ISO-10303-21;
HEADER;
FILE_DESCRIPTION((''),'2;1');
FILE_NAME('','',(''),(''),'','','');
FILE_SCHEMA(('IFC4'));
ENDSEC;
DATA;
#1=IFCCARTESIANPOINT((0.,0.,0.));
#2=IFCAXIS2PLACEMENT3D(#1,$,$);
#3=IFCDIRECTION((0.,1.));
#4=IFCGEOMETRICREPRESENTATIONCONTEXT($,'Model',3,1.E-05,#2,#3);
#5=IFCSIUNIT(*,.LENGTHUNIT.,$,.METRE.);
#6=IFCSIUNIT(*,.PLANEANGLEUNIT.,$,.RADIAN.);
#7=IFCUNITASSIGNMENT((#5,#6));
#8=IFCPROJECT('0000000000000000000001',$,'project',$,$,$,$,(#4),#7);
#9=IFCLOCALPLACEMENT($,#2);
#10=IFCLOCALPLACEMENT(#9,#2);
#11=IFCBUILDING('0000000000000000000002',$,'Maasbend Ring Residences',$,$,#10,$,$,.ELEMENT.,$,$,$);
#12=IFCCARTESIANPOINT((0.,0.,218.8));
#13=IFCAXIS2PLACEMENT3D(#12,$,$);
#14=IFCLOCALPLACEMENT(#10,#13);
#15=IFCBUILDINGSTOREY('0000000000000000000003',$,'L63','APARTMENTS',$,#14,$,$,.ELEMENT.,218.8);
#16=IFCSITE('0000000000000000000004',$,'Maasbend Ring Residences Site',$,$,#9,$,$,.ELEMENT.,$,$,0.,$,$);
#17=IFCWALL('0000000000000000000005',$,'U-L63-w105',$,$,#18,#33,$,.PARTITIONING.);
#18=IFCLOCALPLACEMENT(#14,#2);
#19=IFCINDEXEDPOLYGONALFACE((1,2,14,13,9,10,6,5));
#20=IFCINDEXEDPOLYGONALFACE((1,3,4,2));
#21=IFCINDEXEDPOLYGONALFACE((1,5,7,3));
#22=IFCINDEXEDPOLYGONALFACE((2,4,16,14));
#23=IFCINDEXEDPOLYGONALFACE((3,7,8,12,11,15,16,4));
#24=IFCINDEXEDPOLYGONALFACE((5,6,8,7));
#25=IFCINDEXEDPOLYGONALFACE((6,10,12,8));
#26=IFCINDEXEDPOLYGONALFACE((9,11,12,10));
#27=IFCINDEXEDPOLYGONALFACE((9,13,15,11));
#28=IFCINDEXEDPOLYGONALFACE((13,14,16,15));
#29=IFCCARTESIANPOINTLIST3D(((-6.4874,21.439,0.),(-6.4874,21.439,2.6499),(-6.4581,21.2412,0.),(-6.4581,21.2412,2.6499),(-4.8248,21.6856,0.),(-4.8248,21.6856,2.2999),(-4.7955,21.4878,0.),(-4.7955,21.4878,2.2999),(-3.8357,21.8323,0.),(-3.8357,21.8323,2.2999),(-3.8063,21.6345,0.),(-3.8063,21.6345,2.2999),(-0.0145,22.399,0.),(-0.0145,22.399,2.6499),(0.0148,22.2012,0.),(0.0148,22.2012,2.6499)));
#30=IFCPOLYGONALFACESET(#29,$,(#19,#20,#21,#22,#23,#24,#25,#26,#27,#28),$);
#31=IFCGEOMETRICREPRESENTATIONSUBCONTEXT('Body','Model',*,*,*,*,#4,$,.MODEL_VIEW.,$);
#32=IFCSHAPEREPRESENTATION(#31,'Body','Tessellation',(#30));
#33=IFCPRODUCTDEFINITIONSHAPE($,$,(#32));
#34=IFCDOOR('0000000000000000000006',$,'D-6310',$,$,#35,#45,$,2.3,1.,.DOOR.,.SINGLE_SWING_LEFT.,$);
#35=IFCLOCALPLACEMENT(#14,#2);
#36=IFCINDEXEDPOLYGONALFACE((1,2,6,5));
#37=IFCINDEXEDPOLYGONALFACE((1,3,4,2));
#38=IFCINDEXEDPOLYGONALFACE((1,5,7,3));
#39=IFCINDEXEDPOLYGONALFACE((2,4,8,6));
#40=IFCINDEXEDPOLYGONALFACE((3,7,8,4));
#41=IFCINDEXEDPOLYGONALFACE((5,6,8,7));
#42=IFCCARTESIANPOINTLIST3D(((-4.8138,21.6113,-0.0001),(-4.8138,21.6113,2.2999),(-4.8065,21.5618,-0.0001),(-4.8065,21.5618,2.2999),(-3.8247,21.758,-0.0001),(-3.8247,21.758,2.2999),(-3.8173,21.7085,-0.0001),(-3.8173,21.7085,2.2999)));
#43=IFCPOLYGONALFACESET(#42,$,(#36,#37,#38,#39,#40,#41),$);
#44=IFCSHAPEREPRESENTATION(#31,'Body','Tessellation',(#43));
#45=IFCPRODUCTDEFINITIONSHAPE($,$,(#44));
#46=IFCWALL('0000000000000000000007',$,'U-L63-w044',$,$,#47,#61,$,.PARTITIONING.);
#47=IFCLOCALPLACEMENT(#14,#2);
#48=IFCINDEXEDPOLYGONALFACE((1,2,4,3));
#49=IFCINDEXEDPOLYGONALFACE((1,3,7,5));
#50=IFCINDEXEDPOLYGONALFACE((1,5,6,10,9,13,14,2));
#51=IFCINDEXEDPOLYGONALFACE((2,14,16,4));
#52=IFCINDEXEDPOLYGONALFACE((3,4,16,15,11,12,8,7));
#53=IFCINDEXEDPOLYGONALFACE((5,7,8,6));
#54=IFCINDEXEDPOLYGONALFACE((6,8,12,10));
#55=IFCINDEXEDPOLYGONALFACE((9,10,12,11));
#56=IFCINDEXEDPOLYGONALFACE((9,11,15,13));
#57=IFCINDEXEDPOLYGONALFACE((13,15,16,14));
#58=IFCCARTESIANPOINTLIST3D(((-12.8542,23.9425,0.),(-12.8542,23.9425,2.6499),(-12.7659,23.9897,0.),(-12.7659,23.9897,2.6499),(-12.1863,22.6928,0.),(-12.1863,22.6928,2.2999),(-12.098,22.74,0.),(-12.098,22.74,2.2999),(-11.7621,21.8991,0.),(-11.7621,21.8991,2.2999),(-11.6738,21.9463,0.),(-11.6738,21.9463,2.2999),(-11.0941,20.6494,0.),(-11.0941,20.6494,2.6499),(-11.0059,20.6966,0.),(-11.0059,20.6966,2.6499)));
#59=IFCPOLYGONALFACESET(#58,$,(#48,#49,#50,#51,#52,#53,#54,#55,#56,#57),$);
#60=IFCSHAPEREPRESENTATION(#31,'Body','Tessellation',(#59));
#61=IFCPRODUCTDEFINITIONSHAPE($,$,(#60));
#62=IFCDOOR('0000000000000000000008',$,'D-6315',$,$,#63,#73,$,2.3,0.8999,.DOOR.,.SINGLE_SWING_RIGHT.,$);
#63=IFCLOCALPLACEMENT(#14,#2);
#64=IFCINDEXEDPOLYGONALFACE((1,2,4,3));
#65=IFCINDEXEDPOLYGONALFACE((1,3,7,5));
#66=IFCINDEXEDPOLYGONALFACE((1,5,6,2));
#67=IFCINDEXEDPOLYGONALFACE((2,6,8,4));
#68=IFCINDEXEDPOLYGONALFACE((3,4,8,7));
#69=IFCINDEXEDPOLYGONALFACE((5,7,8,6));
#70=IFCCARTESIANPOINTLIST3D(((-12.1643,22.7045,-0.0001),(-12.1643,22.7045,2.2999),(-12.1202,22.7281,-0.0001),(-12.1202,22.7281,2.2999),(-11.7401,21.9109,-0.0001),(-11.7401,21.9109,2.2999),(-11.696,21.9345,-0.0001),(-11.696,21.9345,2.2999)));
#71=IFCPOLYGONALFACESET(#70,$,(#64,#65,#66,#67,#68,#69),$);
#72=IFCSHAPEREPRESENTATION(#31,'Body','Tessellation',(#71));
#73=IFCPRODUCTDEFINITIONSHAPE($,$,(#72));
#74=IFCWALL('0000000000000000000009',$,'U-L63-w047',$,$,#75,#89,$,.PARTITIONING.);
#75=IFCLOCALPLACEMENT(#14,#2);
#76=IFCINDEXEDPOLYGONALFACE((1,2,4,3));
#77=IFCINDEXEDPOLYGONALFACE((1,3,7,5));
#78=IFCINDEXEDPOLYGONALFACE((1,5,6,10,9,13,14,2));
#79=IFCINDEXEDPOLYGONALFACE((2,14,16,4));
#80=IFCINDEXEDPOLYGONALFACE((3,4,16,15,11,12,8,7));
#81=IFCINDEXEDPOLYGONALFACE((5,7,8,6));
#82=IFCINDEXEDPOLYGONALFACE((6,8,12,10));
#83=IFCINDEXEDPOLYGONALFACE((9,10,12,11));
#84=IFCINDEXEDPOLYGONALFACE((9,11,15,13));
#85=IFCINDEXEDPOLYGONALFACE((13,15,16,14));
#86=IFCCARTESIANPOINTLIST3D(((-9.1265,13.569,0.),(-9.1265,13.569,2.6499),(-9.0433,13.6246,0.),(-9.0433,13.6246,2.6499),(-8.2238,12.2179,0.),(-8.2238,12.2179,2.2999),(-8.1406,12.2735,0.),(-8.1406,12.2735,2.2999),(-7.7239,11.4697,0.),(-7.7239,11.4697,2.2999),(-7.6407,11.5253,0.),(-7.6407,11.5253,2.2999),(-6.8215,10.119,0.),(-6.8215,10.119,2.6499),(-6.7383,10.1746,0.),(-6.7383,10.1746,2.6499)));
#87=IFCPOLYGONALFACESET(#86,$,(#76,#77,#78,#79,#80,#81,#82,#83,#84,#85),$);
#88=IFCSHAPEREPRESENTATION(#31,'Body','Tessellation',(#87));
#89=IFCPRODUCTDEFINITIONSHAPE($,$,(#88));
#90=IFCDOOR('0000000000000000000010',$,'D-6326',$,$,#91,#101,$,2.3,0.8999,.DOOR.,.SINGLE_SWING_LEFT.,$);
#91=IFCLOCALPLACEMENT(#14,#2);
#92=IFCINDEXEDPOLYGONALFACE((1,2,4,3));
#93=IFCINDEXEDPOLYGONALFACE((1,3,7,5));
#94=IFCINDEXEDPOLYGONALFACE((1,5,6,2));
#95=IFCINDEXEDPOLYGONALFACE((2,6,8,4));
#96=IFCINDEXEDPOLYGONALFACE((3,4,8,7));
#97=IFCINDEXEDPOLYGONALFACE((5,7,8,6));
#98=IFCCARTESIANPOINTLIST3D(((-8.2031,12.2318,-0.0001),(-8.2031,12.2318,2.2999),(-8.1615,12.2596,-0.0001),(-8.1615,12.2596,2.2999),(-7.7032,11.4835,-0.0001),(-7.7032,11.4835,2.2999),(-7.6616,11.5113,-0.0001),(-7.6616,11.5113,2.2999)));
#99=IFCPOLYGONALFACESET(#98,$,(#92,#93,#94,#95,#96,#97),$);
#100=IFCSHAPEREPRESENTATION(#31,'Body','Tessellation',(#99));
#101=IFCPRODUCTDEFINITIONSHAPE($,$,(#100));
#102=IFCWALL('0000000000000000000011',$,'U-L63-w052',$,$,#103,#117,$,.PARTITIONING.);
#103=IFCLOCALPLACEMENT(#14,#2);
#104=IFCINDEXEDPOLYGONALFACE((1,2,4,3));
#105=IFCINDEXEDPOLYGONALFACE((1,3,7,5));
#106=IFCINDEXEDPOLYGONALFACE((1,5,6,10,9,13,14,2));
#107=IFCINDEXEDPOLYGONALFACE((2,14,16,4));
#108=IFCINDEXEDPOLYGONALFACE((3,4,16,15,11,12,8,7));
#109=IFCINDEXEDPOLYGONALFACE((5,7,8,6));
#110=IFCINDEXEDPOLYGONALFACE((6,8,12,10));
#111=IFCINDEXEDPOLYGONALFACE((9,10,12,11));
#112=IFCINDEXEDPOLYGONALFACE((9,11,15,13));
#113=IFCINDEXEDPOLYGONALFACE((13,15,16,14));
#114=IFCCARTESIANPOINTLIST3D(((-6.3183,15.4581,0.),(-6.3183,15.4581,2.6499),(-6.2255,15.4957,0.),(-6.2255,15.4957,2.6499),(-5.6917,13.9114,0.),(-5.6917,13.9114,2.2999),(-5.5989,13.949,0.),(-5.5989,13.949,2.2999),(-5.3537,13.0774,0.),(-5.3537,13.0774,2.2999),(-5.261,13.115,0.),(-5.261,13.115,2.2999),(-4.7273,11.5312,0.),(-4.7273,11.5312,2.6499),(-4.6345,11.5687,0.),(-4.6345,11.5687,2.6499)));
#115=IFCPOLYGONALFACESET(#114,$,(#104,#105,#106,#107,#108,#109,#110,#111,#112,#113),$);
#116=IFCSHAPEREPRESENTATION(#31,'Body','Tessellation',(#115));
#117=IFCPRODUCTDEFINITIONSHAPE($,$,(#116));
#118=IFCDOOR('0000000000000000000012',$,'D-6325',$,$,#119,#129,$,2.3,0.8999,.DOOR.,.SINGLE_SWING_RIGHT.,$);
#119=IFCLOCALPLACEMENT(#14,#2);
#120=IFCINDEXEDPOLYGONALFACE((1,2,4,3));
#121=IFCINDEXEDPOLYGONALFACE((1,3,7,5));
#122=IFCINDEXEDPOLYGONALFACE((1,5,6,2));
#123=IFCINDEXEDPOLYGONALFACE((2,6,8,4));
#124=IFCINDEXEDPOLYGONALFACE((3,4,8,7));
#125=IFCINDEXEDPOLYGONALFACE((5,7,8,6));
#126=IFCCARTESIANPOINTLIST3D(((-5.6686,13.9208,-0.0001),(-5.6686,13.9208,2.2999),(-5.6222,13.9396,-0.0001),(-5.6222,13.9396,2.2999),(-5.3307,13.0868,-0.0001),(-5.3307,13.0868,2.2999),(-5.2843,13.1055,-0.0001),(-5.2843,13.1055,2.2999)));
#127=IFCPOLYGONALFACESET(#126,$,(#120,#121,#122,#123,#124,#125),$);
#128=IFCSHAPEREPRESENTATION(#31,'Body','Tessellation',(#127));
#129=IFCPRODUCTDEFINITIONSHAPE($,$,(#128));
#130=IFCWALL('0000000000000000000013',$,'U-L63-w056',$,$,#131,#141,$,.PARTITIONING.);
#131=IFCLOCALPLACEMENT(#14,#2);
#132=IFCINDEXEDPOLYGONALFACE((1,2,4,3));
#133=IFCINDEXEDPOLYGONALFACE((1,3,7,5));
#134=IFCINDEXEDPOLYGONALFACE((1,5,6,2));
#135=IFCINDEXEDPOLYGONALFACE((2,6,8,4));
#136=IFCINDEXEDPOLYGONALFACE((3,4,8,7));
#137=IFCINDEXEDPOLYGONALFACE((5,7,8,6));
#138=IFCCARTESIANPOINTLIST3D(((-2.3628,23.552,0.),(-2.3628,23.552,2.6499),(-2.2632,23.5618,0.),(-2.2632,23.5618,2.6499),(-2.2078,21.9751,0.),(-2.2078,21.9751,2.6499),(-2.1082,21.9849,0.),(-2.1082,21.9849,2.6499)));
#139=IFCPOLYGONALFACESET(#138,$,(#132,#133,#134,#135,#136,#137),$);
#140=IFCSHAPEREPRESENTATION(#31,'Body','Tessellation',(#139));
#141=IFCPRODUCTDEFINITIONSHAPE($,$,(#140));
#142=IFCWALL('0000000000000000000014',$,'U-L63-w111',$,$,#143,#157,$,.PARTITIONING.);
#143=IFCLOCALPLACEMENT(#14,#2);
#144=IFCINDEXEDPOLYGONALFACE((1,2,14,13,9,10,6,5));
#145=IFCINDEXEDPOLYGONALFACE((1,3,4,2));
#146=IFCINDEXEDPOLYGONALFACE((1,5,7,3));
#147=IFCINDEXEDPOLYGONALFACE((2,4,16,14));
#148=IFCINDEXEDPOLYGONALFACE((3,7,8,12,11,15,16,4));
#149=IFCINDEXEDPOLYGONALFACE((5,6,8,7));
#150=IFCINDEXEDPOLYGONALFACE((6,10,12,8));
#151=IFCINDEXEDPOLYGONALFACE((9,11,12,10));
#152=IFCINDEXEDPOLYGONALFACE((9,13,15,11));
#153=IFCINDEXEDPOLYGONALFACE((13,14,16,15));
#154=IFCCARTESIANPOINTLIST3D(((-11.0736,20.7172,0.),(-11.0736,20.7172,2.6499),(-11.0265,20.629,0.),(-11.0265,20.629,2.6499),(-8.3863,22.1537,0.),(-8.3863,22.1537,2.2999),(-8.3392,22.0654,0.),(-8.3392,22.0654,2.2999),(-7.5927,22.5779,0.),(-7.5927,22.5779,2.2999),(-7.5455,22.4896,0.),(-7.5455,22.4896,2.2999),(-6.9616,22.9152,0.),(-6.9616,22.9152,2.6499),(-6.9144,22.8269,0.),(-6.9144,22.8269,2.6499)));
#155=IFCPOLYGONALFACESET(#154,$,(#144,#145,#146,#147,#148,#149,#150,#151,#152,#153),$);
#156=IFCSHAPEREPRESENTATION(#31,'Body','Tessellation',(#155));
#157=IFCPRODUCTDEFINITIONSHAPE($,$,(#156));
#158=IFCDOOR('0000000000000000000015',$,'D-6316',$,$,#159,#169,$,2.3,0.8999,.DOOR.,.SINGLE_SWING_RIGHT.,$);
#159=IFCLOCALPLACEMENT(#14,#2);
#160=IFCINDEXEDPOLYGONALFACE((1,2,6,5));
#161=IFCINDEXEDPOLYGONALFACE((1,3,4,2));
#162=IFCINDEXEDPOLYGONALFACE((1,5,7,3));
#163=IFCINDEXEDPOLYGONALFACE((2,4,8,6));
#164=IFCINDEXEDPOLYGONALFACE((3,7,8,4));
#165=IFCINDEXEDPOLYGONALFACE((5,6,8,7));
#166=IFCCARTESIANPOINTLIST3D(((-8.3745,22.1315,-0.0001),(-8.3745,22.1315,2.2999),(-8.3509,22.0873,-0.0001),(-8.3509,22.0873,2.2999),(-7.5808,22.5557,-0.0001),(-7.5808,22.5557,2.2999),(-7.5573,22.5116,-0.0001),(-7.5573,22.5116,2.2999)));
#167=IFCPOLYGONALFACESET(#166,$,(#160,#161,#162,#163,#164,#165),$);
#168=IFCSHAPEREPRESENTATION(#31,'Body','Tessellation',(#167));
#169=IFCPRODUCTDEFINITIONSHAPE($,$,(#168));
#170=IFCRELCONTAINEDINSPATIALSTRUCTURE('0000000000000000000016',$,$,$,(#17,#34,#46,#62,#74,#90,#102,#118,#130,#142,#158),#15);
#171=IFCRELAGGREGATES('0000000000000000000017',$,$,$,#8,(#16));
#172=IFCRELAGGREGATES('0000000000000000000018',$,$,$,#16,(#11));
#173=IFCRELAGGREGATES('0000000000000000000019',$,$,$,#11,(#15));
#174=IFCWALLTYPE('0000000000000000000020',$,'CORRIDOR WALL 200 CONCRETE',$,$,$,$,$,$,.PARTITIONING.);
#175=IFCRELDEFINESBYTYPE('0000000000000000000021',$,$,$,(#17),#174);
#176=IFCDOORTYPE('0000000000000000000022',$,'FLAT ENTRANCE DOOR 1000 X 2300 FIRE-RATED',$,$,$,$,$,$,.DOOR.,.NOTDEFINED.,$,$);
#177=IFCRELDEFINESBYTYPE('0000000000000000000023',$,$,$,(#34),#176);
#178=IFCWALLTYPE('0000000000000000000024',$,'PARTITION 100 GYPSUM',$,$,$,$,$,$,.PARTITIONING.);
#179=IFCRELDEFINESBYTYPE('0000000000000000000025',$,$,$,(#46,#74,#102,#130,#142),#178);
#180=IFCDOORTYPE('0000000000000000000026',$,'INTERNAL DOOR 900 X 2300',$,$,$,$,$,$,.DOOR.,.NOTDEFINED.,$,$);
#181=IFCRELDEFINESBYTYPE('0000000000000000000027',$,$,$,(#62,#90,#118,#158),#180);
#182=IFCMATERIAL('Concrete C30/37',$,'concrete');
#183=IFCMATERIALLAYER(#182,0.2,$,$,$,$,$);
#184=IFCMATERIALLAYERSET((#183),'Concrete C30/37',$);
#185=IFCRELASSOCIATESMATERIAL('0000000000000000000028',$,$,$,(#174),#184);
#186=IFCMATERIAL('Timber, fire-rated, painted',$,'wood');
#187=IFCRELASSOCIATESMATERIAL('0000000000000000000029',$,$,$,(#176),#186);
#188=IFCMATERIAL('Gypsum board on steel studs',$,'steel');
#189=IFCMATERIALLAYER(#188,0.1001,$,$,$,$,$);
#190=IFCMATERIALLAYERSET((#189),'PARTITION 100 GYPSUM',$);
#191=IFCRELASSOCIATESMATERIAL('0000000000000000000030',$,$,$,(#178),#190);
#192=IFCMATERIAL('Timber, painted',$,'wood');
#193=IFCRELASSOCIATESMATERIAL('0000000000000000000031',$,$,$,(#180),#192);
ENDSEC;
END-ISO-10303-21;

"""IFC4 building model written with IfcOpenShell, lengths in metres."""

from ifc_helpers import new_model, si_unit, direction, frame, frame_2d, origin, place, context, subcontext, project, spatial, rectangle, extrude, material, layer, layer_set, type_object, element, fill, save


model = new_model("IFC4")

# Units and contexts
model_context = context("Model", 3, precision=1e-05, world=origin(), true_north=direction((0.0, 1.0)))
body_context = subcontext(model_context, "Body", "Model", "MODEL_VIEW")
ifc_project = project(units=[si_unit("LENGTHUNIT", "METRE"), si_unit("PLANEANGLEUNIT", "RADIAN")], contexts=[model_context])

# Site, building, storey
site_placement = place(None, origin())
site = spatial("IfcSite", under=ifc_project, at=site_placement, Name="Maasbend Ring Residences Site", CompositionType="ELEMENT", RefElevation=0.0)
building_placement = place(site_placement, origin())
building = spatial("IfcBuilding", under=site, at=building_placement, Name="Maasbend Ring Residences", CompositionType="ELEMENT")
storey_placement = place(building_placement, frame((0.0, 0.0, 218.8)))
storey = spatial("IfcBuildingStorey", under=building, at=storey_placement, Name="L63", Description="APARTMENTS", CompositionType="ELEMENT", Elevation=218.8)

# Walls, openings, doors
ifc_material_1 = material(Name="Concrete C30/37", Category="concrete")
ifc_layer_1 = layer(ifc_material_1, 0.2)
ifc_layer_set_1 = layer_set([ifc_layer_1], Name="Concrete C30/37")
wall_type_1 = type_object("IfcWallType", Name="CORRIDOR WALL 200 CONCRETE", PredefinedType="PARTITIONING", material=ifc_layer_set_1)
wall_1_placement = place(storey_placement, frame((-6.4729, 21.3401, 0.0), z_axis=(0.0, 0.0, 1.0), x_axis=(0.989181, 0.1467, 0.0)))
wall_1 = element("IfcWall", 1, at=wall_1_placement, inside=storey, type_object=wall_type_1, Name="U-L63-w105", PredefinedType="PARTITIONING", context=body_context, shape_type="SweptSolid", body=[
    extrude(rectangle(XDim=6.5437, YDim=0.2, at=frame_2d((3.272, 0.0))), origin(), (0.0, 0.0, 1.0), 2.6499),
])
opening_1_placement = place(wall_1_placement, frame((1.6809, 0.0, 0.0)))
opening_1 = element("IfcOpeningElement", 2, at=opening_1_placement, cuts=wall_1, PredefinedType="OPENING", context=body_context, shape_type="SweptSolid", body=[
    extrude(rectangle(XDim=1.0, YDim=2.3, at=frame_2d((0.5, 1.1499))), frame((0.0, 0.1099, 0.0), z_axis=(0.0, -1.0, 0.0), x_axis=(1.0, 0.0, 0.0)), (0.0, 0.0, 1.0), 0.22),
])
ifc_material_2 = material(Name="Timber, fire-rated, painted", Category="wood")
door_type_1 = type_object("IfcDoorType", Name="FLAT ENTRANCE DOOR 1000 X 2300 FIRE-RATED", OperationType="NOTDEFINED", PredefinedType="DOOR", material=ifc_material_2)
door_1_placement = place(opening_1_placement, origin())
door_1 = element("IfcDoor", 3, at=door_1_placement, inside=storey, type_object=door_type_1, Name="D-6310", OperationType="SINGLE_SWING_LEFT", OverallHeight=2.3, OverallWidth=1.0, PredefinedType="DOOR", context=body_context, shape_type="SweptSolid", body=[
    extrude(rectangle(XDim=1.0, YDim=2.3, at=frame_2d((0.5, 1.1499))), frame((0.0, 0.0249, 0.0), z_axis=(0.0, -1.0, 0.0), x_axis=(1.0, 0.0, 0.0)), (0.0, 0.0, 1.0), 0.05),
])
fill(opening_1, door_1)
ifc_material_3 = material(Name="Gypsum board on steel studs", Category="steel")
ifc_layer_2 = layer(ifc_material_3, 0.1001)
ifc_layer_set_2 = layer_set([ifc_layer_2], Name="PARTITION 100 GYPSUM")
wall_type_2 = type_object("IfcWallType", Name="PARTITION 100 GYPSUM", PredefinedType="PARTITIONING", material=ifc_layer_set_2)
wall_2_placement = place(storey_placement, frame((-12.8101, 23.9661, 0.0), z_axis=(0.0, 0.0, 1.0), x_axis=(0.471372, -0.881934, 0.0)))
wall_2 = element("IfcWall", 4, at=wall_2_placement, inside=storey, type_object=wall_type_2, Name="U-L63-w044", PredefinedType="PARTITIONING", context=body_context, shape_type="SweptSolid", body=[
    extrude(rectangle(XDim=3.7339, YDim=0.1001, at=frame_2d((1.8669, 0.0))), origin(), (0.0, 0.0, 1.0), 2.6499),
])
opening_2_placement = place(wall_2_placement, frame((1.417, 0.0, 0.0)))
opening_2 = element("IfcOpeningElement", 5, at=opening_2_placement, cuts=wall_2, PredefinedType="OPENING", context=body_context, shape_type="SweptSolid", body=[
    extrude(rectangle(XDim=0.8999, YDim=2.3, at=frame_2d((0.45, 1.1499))), frame((0.0, 0.0601, 0.0), z_axis=(0.0, -1.0, 0.0), x_axis=(1.0, 0.0, 0.0)), (0.0, 0.0, 1.0), 0.1201),
])
ifc_material_4 = material(Name="Timber, painted", Category="wood")
door_type_2 = type_object("IfcDoorType", Name="INTERNAL DOOR 900 X 2300", OperationType="NOTDEFINED", PredefinedType="DOOR", material=ifc_material_4)
door_2_placement = place(opening_2_placement, origin())
door_2 = element("IfcDoor", 6, at=door_2_placement, inside=storey, type_object=door_type_2, Name="D-6315", OperationType="SINGLE_SWING_RIGHT", OverallHeight=2.3, OverallWidth=0.8999, PredefinedType="DOOR", context=body_context, shape_type="SweptSolid", body=[
    extrude(rectangle(XDim=0.8999, YDim=2.3, at=frame_2d((0.45, 1.1499))), frame((0.0, 0.0249, 0.0), z_axis=(0.0, -1.0, 0.0), x_axis=(1.0, 0.0, 0.0)), (0.0, 0.0, 1.0), 0.05),
])
fill(opening_2, door_2)
wall_3_placement = place(storey_placement, frame((-9.085, 13.5969, 0.0), z_axis=(0.0, 0.0, 1.0), x_axis=(0.555528, -0.831498, 0.0)))
wall_3 = element("IfcWall", 7, at=wall_3_placement, inside=storey, type_object=wall_type_2, Name="U-L63-w047", PredefinedType="PARTITIONING", context=body_context, shape_type="SweptSolid", body=[
    extrude(rectangle(XDim=4.1492, YDim=0.1001, at=frame_2d((2.0747, 0.0))), origin(), (0.0, 0.0, 1.0), 2.6499),
])
opening_3_placement = place(wall_3_placement, frame((1.625, 0.0, 0.0)))
opening_3 = element("IfcOpeningElement", 8, at=opening_3_placement, cuts=wall_3, PredefinedType="OPENING", context=body_context, shape_type="SweptSolid", body=[
    extrude(rectangle(XDim=0.8999, YDim=2.3, at=frame_2d((0.45, 1.1499))), frame((0.0, 0.0601, 0.0), z_axis=(0.0, -1.0, 0.0), x_axis=(1.0, 0.0, 0.0)), (0.0, 0.0, 1.0), 0.1201),
])
door_3_placement = place(opening_3_placement, origin())
door_3 = element("IfcDoor", 9, at=door_3_placement, inside=storey, type_object=door_type_2, Name="D-6326", OperationType="SINGLE_SWING_LEFT", OverallHeight=2.3, OverallWidth=0.8999, PredefinedType="DOOR", context=body_context, shape_type="SweptSolid", body=[
    extrude(rectangle(XDim=0.8999, YDim=2.3, at=frame_2d((0.45, 1.1499))), frame((0.0, 0.0249, 0.0), z_axis=(0.0, -1.0, 0.0), x_axis=(1.0, 0.0, 0.0)), (0.0, 0.0, 1.0), 0.05),
])
fill(opening_3, door_3)
wall_4_placement = place(storey_placement, frame((-6.272, 15.4771, 0.0), z_axis=(0.0, 0.0, 1.0), x_axis=(0.37551, -0.926818, 0.0)))
wall_4 = element("IfcWall", 10, at=wall_4_placement, inside=storey, type_object=wall_type_2, Name="U-L63-w052", PredefinedType="PARTITIONING", context=body_context, shape_type="SweptSolid", body=[
    extrude(rectangle(XDim=4.2371, YDim=0.1001, at=frame_2d((2.1187, 0.0))), origin(), (0.0, 0.0, 1.0), 2.6499),
])
opening_4_placement = place(wall_4_placement, frame((1.6689, 0.0, 0.0)))
opening_4 = element("IfcOpeningElement", 11, at=opening_4_placement, cuts=wall_4, PredefinedType="OPENING", context=body_context, shape_type="SweptSolid", body=[
    extrude(rectangle(XDim=0.8999, YDim=2.3, at=frame_2d((0.45, 1.1499))), frame((0.0, 0.0601, 0.0), z_axis=(0.0, -1.0, 0.0), x_axis=(1.0, 0.0, 0.0)), (0.0, 0.0, 1.0), 0.1201),
])
door_4_placement = place(opening_4_placement, origin())
door_4 = element("IfcDoor", 12, at=door_4_placement, inside=storey, type_object=door_type_2, Name="D-6325", OperationType="SINGLE_SWING_RIGHT", OverallHeight=2.3, OverallWidth=0.8999, PredefinedType="DOOR", context=body_context, shape_type="SweptSolid", body=[
    extrude(rectangle(XDim=0.8999, YDim=2.3, at=frame_2d((0.45, 1.1499))), frame((0.0, 0.0249, 0.0), z_axis=(0.0, -1.0, 0.0), x_axis=(1.0, 0.0, 0.0)), (0.0, 0.0, 1.0), 0.05),
])
fill(opening_4, door_4)

# Wall
wall_5_placement = place(storey_placement, frame((-2.313, 23.5569, 0.0), z_axis=(0.0, 0.0, 1.0), x_axis=(0.097841, -0.995202, 0.0)))
element("IfcWall", 13, at=wall_5_placement, inside=storey, type_object=wall_type_2, Name="U-L63-w056", PredefinedType="PARTITIONING", context=body_context, shape_type="SweptSolid", body=[
    extrude(rectangle(XDim=1.5845, YDim=0.1001, at=frame_2d((0.7922, 0.0))), origin(), (0.0, 0.0, 1.0), 2.6499),
])

# Wall, opening, door
wall_6_placement = place(storey_placement, frame((-11.05, 20.6731, 0.0), z_axis=(0.0, 0.0, 1.0), x_axis=(0.881916, 0.471406, 0.0)))
wall_6 = element("IfcWall", 14, at=wall_6_placement, inside=storey, type_object=wall_type_2, Name="U-L63-w111", PredefinedType="PARTITIONING", context=body_context, shape_type="SweptSolid", body=[
    extrude(rectangle(XDim=4.6626, YDim=0.1001, at=frame_2d((2.3313, 0.0))), origin(), (0.0, 0.0, 1.0), 2.6499),
])
opening_5_placement = place(wall_6_placement, frame((3.0471, 0.0, 0.0)))
opening_5 = element("IfcOpeningElement", 15, at=opening_5_placement, cuts=wall_6, PredefinedType="OPENING", context=body_context, shape_type="SweptSolid", body=[
    extrude(rectangle(XDim=0.8999, YDim=2.3, at=frame_2d((0.45, 1.1499))), frame((0.0, 0.0601, 0.0), z_axis=(0.0, -1.0, 0.0), x_axis=(1.0, 0.0, 0.0)), (0.0, 0.0, 1.0), 0.1201),
])
door_5_placement = place(opening_5_placement, origin())
door_5 = element("IfcDoor", 16, at=door_5_placement, inside=storey, type_object=door_type_2, Name="D-6316", OperationType="SINGLE_SWING_RIGHT", OverallHeight=2.3, OverallWidth=0.8999, PredefinedType="DOOR", context=body_context, shape_type="SweptSolid", body=[
    extrude(rectangle(XDim=0.8999, YDim=2.3, at=frame_2d((0.45, 1.1499))), frame((0.0, 0.0249, 0.0), z_axis=(0.0, -1.0, 0.0), x_axis=(1.0, 0.0, 0.0)), (0.0, 0.0, 1.0), 0.05),
])
fill(opening_5, door_5)

save(model, "model.ifc")
